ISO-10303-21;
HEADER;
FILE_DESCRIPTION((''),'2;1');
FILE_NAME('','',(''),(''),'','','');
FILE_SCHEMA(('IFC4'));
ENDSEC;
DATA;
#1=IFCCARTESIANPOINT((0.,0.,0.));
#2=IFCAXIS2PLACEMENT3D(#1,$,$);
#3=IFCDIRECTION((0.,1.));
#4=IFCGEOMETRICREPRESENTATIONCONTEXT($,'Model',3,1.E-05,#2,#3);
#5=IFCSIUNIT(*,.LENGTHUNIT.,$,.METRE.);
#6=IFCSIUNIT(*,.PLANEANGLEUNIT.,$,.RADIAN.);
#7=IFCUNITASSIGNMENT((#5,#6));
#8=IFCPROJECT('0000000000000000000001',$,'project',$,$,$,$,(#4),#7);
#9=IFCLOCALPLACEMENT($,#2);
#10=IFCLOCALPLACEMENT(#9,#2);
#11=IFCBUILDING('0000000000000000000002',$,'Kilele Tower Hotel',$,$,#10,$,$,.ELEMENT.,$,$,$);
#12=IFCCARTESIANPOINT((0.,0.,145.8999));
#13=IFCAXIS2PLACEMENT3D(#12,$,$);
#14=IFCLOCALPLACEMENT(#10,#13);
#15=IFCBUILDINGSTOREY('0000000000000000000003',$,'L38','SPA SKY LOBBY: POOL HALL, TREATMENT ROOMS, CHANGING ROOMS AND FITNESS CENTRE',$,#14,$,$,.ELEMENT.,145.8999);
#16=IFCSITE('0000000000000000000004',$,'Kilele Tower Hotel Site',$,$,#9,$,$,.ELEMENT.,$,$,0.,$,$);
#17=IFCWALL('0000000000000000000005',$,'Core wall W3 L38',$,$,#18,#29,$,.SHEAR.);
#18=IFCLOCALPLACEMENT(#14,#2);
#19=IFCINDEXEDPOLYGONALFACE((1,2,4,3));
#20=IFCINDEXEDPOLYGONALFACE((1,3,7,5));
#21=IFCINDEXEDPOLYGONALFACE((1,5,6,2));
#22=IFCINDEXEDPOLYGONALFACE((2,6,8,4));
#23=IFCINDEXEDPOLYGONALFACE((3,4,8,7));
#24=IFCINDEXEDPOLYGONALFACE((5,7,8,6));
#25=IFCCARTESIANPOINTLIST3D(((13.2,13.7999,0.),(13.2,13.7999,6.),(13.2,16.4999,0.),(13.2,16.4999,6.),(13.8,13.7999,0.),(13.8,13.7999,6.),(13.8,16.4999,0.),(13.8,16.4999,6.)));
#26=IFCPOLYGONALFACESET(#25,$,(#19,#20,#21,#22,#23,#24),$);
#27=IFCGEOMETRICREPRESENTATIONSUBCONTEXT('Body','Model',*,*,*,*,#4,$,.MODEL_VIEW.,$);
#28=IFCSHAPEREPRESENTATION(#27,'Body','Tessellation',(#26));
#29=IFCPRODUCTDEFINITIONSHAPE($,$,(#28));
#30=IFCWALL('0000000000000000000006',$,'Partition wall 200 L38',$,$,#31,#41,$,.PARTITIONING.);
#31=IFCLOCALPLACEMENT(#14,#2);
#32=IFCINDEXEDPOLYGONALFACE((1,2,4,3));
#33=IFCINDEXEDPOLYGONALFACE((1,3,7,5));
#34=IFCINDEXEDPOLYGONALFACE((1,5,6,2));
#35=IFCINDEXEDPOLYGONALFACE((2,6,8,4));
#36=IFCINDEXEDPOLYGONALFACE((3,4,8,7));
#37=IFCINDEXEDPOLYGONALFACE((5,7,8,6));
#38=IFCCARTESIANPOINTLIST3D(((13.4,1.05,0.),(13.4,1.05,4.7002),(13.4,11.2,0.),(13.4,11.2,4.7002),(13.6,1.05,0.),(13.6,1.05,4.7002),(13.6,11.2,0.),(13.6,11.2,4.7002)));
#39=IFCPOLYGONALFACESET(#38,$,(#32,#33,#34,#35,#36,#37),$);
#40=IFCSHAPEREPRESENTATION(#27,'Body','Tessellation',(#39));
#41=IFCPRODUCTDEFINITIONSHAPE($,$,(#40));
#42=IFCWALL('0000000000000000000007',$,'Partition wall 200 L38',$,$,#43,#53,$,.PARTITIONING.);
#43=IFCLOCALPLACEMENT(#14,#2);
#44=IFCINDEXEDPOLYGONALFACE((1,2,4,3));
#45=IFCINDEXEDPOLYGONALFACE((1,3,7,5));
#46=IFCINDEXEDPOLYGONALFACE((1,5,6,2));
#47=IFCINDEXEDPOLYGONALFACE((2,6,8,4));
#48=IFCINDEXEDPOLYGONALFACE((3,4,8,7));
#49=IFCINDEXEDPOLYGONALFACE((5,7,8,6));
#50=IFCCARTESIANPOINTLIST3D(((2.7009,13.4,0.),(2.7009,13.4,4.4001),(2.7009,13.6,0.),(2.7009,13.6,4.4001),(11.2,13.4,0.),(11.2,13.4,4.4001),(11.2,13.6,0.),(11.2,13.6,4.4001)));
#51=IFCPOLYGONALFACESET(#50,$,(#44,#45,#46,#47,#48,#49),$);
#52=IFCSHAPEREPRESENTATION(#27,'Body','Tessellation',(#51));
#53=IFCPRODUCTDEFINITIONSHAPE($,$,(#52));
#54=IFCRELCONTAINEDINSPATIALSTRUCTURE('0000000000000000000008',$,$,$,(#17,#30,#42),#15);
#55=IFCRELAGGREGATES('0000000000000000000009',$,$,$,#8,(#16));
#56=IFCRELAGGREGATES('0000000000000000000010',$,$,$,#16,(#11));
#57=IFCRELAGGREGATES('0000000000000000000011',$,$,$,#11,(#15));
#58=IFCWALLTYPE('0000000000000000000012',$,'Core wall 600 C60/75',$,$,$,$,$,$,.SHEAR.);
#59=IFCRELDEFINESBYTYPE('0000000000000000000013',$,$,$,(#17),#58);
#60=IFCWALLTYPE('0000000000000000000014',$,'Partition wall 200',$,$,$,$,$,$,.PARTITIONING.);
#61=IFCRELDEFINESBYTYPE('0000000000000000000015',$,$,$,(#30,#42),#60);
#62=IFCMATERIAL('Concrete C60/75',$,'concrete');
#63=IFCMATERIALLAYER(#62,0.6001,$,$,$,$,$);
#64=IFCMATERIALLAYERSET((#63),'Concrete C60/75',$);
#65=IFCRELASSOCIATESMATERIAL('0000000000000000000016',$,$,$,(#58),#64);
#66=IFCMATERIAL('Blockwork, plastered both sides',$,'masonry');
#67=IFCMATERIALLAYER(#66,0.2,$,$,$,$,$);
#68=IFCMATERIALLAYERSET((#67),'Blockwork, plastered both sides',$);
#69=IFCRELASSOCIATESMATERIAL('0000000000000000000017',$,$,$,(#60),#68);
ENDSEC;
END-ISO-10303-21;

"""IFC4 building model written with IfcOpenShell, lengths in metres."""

from ifc_helpers import new_model, si_unit, direction, frame, frame_2d, origin, place, context, subcontext, project, spatial, rectangle, extrude, material, layer, layer_set, type_object, element, save


model = new_model("IFC4")

# Units and contexts
model_context = context("Model", 3, precision=1e-05, world=origin(), true_north=direction((0.0, 1.0)))
body_context = subcontext(model_context, "Body", "Model", "MODEL_VIEW")
ifc_project = project(units=[si_unit("LENGTHUNIT", "METRE"), si_unit("PLANEANGLEUNIT", "RADIAN")], contexts=[model_context])

# Site, building, storey
site_placement = place(None, origin())
site = spatial("IfcSite", under=ifc_project, at=site_placement, Name="Kilele Tower Hotel Site", CompositionType="ELEMENT", RefElevation=0.0)
building_placement = place(site_placement, origin())
building = spatial("IfcBuilding", under=site, at=building_placement, Name="Kilele Tower Hotel", CompositionType="ELEMENT")
storey_placement = place(building_placement, frame((0.0, 0.0, 145.8999)))
storey = spatial("IfcBuildingStorey", under=building, at=storey_placement, Name="L38", Description="SPA SKY LOBBY: POOL HALL, TREATMENT ROOMS, CHANGING ROOMS AND FITNESS CENTRE", CompositionType="ELEMENT", Elevation=145.8999)

# Shared definitions
ifc_material_1 = material(Name="Concrete C60/75", Category="concrete")
ifc_layer_1 = layer(ifc_material_1, 0.6001)
ifc_layer_set_1 = layer_set([ifc_layer_1], Name="Concrete C60/75")
wall_type_1 = type_object("IfcWallType", Name="Core wall 600 C60/75", PredefinedType="SHEAR", material=ifc_layer_set_1)

# Walls
wall_1_placement = place(storey_placement, frame((13.5, 16.5, 0.0), z_axis=(0.0, 0.0, 1.0), x_axis=(0.0, -1.0, 0.0)))
element("IfcWall", 1, at=wall_1_placement, inside=storey, type_object=wall_type_1, Name="Core wall W3 L38", PredefinedType="SHEAR", context=body_context, shape_type="SweptSolid", body=[
    extrude(rectangle(XDim=2.7, YDim=0.6001, at=frame_2d((1.3501, 0.0))), origin(), (0.0, 0.0, 1.0), 6.0),
])
ifc_material_2 = material(Name="Blockwork, plastered both sides", Category="masonry")
ifc_layer_2 = layer(ifc_material_2, 0.2)
ifc_layer_set_2 = layer_set([ifc_layer_2], Name="Blockwork, plastered both sides")
wall_type_2 = type_object("IfcWallType", Name="Partition wall 200", PredefinedType="PARTITIONING", material=ifc_layer_set_2)
wall_2_placement = place(storey_placement, frame((13.5, 11.2, 0.0), z_axis=(0.0, 0.0, 1.0), x_axis=(0.0, -1.0, 0.0)))
element("IfcWall", 2, at=wall_2_placement, inside=storey, type_object=wall_type_2, Name="Partition wall 200 L38", PredefinedType="PARTITIONING", context=body_context, shape_type="SweptSolid", body=[
    extrude(rectangle(XDim=10.1499, YDim=0.2, at=frame_2d((5.075, 0.0))), origin(), (0.0, 0.0, 1.0), 4.7002),
])
wall_3_placement = place(storey_placement, frame((11.2, 13.5, 0.0), z_axis=(0.0, 0.0, 1.0), x_axis=(-1.0, 0.0, 0.0)))
element("IfcWall", 3, at=wall_3_placement, inside=storey, type_object=wall_type_2, Name="Partition wall 200 L38", PredefinedType="PARTITIONING", context=body_context, shape_type="SweptSolid", body=[
    extrude(rectangle(XDim=8.499, YDim=0.2, at=frame_2d((4.2495, 0.0))), origin(), (0.0, 0.0, 1.0), 4.4001),
])

save(model, "model.ifc")
